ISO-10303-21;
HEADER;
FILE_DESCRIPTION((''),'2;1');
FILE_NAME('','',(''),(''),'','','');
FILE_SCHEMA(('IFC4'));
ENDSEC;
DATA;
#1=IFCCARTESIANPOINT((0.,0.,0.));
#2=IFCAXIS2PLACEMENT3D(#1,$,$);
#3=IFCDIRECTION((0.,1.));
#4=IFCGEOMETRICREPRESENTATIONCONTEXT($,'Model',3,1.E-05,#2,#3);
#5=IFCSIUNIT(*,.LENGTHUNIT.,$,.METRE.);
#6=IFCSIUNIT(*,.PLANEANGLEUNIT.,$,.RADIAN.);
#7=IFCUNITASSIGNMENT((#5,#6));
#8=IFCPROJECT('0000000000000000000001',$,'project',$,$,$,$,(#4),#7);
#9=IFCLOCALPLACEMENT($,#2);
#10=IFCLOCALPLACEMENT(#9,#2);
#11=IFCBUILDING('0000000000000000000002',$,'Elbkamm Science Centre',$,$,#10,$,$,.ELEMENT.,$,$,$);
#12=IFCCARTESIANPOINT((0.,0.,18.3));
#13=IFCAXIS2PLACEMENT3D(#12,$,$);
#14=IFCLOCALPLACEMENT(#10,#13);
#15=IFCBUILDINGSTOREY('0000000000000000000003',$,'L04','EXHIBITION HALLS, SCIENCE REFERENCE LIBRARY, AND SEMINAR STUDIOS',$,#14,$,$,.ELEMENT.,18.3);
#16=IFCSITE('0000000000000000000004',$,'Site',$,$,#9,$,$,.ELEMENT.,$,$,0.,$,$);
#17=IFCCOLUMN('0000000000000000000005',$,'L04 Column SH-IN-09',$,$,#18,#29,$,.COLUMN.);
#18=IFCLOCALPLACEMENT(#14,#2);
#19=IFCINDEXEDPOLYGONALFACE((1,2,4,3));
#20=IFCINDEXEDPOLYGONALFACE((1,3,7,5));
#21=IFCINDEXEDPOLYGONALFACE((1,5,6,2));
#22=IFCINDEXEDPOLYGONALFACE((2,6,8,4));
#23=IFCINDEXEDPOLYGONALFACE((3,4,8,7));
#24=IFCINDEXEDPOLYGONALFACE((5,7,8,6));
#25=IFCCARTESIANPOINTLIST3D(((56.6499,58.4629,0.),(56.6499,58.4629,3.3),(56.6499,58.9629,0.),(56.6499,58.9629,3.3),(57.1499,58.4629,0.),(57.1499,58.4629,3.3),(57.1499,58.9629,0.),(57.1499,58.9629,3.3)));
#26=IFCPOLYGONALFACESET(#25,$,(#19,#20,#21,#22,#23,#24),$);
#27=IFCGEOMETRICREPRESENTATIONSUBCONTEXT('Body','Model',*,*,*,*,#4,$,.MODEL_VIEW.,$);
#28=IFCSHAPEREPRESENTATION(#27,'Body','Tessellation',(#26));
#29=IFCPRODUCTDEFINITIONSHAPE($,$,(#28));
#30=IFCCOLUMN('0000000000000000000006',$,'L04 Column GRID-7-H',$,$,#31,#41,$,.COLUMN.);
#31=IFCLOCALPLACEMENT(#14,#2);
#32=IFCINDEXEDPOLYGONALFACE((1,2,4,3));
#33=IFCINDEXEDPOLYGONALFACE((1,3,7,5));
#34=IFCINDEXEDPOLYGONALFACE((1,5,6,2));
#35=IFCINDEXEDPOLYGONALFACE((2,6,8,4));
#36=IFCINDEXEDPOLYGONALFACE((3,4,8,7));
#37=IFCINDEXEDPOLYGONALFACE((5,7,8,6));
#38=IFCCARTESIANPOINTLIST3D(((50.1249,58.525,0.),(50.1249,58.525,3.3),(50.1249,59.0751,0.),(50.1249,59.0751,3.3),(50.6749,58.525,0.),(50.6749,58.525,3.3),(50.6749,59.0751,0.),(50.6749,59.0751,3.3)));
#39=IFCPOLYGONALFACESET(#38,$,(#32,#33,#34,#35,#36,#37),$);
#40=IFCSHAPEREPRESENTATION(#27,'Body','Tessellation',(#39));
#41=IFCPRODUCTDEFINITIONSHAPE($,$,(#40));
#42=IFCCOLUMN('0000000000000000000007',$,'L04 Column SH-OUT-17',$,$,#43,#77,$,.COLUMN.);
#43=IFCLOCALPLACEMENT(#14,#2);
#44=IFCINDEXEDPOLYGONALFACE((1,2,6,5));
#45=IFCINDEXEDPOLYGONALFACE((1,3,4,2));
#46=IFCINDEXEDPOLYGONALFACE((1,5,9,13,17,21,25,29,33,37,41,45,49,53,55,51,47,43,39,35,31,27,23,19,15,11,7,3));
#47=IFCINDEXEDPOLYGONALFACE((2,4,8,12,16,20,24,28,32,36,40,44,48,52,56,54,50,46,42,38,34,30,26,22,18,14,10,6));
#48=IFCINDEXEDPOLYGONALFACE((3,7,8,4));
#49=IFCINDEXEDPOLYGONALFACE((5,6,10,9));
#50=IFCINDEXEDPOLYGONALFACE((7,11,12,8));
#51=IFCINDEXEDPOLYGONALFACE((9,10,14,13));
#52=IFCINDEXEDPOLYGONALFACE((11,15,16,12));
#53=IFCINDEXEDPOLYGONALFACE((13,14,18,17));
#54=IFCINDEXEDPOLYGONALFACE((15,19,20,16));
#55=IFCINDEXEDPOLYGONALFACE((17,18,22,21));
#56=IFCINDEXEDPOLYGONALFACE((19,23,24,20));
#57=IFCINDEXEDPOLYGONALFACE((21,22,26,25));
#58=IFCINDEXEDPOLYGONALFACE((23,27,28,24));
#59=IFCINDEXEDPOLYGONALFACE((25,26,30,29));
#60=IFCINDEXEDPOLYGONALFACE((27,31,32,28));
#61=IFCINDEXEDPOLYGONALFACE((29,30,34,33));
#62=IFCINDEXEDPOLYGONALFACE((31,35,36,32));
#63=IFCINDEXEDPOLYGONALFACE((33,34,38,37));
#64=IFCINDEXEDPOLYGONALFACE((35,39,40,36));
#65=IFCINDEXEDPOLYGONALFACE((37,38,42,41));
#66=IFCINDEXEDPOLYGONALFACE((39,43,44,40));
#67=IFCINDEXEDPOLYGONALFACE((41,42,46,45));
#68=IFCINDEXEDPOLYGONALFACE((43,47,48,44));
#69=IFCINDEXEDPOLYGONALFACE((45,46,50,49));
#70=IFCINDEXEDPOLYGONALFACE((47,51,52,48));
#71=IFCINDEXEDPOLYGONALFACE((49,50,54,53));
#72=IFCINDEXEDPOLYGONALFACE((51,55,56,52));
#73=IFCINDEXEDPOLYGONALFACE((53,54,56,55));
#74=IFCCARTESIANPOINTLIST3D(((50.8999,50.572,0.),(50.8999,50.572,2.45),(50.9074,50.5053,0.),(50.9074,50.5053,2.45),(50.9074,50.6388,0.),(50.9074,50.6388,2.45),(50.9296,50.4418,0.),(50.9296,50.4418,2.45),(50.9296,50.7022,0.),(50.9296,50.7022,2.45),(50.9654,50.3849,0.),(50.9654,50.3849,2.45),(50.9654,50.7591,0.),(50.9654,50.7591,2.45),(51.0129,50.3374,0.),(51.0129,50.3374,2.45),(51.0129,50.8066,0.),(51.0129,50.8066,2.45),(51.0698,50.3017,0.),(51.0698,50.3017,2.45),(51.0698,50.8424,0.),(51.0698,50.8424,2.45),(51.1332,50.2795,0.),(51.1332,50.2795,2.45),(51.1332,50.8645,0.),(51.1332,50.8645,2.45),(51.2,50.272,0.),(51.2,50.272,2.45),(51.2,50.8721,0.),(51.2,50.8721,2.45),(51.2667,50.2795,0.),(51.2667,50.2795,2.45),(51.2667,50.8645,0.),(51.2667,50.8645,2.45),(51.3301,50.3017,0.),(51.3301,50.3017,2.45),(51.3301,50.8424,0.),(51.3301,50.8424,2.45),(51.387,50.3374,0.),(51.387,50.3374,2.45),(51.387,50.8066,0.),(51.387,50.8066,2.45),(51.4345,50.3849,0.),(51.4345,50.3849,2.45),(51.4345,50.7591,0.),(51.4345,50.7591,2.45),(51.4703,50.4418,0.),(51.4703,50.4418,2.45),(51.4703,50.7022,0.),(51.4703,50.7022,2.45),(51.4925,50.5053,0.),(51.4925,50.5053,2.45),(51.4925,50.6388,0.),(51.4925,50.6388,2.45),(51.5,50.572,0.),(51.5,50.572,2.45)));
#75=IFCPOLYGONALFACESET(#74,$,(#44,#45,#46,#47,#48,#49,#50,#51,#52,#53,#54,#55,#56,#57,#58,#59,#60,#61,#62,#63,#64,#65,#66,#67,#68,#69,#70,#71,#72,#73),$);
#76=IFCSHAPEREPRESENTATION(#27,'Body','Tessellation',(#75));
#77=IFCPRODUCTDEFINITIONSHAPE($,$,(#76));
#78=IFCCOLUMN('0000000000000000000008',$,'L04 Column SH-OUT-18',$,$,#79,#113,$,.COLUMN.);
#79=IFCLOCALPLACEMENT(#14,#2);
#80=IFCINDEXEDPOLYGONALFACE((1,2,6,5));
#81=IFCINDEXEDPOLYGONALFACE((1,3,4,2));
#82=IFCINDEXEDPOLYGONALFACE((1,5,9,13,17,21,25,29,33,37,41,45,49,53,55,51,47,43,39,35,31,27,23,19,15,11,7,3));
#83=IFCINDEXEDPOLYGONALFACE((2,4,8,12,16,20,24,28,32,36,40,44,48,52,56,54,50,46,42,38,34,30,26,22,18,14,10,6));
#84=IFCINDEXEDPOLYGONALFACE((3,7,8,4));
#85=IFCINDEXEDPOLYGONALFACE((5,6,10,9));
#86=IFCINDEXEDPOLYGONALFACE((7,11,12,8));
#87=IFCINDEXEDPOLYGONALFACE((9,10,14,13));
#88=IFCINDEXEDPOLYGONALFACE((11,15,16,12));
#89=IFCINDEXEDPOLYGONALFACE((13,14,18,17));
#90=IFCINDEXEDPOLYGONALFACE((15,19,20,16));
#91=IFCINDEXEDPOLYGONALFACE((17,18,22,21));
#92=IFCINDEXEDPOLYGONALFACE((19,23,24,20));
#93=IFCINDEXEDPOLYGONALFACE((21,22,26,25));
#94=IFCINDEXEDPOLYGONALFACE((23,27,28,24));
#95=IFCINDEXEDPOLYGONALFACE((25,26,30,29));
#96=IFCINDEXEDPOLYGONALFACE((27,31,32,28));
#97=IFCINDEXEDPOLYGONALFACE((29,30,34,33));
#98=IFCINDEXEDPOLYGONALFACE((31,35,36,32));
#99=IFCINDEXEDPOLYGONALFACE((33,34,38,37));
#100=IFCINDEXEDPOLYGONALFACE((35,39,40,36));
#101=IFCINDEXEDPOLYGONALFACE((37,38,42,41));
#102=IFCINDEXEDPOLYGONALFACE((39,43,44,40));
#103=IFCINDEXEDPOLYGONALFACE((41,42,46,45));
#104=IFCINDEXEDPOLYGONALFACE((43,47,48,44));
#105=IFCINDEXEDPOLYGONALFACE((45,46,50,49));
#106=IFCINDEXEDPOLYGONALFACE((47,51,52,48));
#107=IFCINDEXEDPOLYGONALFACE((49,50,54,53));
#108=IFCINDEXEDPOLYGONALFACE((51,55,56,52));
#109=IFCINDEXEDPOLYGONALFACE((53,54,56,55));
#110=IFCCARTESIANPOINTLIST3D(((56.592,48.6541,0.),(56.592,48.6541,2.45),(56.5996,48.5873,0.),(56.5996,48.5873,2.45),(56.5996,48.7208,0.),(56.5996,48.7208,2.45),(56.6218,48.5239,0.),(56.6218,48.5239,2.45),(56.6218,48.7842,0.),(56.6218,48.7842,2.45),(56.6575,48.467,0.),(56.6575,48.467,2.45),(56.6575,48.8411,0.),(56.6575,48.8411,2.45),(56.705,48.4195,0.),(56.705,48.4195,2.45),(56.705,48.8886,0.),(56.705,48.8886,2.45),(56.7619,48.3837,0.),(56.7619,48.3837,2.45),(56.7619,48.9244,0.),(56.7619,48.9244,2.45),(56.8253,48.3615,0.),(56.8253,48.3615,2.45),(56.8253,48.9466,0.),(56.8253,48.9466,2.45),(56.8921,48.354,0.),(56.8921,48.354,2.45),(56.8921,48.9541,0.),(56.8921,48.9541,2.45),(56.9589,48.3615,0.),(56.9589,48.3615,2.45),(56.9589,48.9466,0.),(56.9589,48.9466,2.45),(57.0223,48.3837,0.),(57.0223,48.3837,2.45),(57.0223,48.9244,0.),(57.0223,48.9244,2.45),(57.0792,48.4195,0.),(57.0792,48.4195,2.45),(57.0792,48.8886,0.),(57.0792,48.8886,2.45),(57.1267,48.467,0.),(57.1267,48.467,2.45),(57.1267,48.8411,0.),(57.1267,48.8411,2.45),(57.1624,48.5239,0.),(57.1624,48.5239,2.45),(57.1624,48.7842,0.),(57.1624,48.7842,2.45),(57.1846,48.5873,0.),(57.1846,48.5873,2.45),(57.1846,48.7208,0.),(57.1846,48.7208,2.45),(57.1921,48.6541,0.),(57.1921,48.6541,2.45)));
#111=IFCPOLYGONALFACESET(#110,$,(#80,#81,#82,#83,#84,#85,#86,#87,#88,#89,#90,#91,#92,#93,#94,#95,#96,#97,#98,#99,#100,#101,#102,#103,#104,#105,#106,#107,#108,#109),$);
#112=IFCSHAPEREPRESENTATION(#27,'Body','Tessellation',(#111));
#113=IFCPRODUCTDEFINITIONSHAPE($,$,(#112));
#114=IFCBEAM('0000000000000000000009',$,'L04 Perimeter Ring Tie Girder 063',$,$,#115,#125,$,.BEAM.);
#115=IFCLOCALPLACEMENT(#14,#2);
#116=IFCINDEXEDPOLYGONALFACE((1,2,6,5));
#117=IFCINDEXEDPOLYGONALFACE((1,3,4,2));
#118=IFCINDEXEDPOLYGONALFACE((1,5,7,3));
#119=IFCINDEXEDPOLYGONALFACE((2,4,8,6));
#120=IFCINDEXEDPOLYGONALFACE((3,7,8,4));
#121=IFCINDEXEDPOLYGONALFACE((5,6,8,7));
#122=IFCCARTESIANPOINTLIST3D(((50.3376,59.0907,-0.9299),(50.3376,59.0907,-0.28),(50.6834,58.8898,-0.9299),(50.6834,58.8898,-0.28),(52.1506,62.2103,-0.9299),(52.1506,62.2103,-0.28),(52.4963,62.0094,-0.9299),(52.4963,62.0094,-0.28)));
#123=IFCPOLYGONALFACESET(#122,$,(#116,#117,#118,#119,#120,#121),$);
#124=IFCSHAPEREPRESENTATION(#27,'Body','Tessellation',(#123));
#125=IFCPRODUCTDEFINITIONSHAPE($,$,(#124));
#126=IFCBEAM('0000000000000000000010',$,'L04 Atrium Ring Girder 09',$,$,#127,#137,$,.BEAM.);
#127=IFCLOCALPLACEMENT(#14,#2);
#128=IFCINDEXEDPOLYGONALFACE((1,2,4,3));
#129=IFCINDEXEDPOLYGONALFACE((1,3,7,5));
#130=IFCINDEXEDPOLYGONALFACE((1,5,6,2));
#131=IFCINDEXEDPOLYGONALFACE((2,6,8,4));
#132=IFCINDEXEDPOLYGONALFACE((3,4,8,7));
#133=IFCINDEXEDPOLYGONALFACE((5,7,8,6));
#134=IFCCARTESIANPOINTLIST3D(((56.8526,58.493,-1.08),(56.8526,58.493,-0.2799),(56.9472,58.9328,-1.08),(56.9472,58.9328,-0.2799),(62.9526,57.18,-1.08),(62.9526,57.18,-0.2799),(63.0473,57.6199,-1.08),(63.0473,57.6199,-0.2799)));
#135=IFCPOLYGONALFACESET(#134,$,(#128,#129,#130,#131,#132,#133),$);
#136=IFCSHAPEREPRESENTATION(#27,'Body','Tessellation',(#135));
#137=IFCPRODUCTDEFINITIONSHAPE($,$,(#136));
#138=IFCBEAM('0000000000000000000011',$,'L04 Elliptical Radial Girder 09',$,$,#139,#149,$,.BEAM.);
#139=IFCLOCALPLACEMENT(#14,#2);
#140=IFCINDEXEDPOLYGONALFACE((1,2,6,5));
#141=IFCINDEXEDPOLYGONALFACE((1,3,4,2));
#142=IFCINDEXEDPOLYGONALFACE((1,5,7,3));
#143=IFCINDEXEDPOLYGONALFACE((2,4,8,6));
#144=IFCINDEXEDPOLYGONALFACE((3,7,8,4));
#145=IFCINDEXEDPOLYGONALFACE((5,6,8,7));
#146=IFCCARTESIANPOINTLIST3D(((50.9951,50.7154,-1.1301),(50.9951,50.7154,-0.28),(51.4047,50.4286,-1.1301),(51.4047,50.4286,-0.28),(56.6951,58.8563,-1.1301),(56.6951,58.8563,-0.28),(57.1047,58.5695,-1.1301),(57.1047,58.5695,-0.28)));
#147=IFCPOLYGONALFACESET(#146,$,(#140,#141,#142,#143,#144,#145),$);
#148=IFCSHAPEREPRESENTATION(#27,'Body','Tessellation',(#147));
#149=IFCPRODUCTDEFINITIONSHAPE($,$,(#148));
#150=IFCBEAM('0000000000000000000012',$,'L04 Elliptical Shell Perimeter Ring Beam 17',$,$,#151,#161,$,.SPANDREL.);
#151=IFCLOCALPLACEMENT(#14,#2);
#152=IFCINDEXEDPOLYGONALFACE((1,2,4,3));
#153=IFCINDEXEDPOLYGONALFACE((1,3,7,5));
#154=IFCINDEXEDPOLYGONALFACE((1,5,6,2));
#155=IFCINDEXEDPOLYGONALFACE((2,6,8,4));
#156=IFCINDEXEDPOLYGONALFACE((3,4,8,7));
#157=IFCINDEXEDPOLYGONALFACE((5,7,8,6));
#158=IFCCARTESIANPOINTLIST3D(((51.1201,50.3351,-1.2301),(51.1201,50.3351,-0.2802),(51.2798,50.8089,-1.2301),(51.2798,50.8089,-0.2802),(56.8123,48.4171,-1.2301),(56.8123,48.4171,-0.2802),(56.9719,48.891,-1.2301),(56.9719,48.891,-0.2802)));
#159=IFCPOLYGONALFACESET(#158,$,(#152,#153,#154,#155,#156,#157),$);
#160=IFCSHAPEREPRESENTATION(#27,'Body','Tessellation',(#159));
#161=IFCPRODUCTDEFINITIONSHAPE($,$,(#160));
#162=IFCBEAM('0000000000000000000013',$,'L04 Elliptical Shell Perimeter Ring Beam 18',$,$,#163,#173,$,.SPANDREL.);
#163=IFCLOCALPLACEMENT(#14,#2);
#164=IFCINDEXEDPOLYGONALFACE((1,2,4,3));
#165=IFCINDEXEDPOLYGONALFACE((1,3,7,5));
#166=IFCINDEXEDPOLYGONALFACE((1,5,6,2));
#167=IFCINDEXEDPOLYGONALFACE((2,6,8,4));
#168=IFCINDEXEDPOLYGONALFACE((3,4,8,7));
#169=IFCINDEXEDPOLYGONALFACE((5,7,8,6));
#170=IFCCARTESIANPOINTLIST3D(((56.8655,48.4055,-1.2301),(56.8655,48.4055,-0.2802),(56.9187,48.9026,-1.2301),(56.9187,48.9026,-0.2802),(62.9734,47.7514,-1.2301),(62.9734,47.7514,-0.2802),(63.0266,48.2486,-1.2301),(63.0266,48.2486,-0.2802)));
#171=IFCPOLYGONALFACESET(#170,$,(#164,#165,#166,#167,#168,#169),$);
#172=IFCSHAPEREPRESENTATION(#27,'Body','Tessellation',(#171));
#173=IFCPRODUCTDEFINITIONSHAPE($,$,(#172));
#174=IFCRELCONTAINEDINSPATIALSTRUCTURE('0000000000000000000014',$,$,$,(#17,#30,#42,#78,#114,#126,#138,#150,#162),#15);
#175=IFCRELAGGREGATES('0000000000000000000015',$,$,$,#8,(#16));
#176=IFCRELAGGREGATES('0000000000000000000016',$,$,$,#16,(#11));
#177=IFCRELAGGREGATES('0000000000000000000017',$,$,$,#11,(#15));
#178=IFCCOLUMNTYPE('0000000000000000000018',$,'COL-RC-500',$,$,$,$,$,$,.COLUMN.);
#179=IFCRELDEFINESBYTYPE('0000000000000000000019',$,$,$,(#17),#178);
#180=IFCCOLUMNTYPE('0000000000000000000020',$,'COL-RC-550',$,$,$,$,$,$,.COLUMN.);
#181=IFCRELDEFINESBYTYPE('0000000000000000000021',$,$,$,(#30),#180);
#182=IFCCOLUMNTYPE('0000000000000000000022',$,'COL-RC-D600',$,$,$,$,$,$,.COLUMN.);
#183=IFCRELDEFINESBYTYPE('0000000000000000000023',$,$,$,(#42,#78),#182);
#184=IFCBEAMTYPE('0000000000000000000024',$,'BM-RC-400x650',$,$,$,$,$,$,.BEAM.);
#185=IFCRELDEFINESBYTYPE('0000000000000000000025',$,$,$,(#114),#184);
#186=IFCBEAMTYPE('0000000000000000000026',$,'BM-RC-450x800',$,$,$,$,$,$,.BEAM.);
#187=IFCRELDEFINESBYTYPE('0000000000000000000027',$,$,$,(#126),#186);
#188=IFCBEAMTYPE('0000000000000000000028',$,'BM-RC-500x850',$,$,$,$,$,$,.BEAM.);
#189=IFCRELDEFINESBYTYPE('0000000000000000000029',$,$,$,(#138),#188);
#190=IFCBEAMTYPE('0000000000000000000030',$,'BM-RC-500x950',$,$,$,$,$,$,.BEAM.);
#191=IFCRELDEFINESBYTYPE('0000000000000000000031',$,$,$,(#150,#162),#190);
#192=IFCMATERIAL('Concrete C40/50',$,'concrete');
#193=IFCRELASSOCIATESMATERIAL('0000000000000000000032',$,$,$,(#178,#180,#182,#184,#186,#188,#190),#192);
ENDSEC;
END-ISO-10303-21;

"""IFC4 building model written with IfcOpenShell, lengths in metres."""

from ifc_helpers import new_model, si_unit, direction, frame, origin, origin_2d, place, context, subcontext, project, spatial, rectangle, circle, extrude, material, material_profile, profile_set, type_object, element, save


model = new_model("IFC4")

# Units and contexts
model_context = context("Model", 3, precision=1e-05, world=origin(), true_north=direction((0.0, 1.0)))
body_context = subcontext(model_context, "Body", "Model", "MODEL_VIEW")
ifc_project = project(units=[si_unit("LENGTHUNIT", "METRE"), si_unit("PLANEANGLEUNIT", "RADIAN")], contexts=[model_context])

# Site, building, storey
site_placement = place(None, origin())
site = spatial("IfcSite", under=ifc_project, at=site_placement, Name="Site", CompositionType="ELEMENT", RefElevation=0.0)
building_placement = place(site_placement, origin())
building = spatial("IfcBuilding", under=site, at=building_placement, Name="Elbkamm Science Centre", CompositionType="ELEMENT")
storey_placement = place(building_placement, frame((0.0, 0.0, 18.3)))
storey = spatial("IfcBuildingStorey", under=building, at=storey_placement, Name="L04", Description="EXHIBITION HALLS, SCIENCE REFERENCE LIBRARY, AND SEMINAR STUDIOS", CompositionType="ELEMENT", Elevation=18.3)

# Columns
ifc_material_1 = material(Name="Concrete C40/50", Category="concrete")
ifc_material_profile_1 = material_profile(ifc_material_1, rectangle(XDim=0.5, YDim=0.5, at=origin_2d()), Name="RC 500x500")
ifc_profile_set_1 = profile_set([ifc_material_profile_1], Name="Concrete C40/50")
column_type_1 = type_object("IfcColumnType", Name="COL-RC-500", PredefinedType="COLUMN", material=ifc_profile_set_1)
column_1_placement = place(storey_placement, frame((56.8999, 58.7129, 0.0), z_axis=(0.0, 0.0, 1.0), x_axis=(1.0, 0.0, 0.0)))
element("IfcColumn", 1, at=column_1_placement, inside=storey, type_object=column_type_1, Name="L04 Column SH-IN-09", PredefinedType="COLUMN", context=body_context, shape_type="SweptSolid", body=[
    extrude(rectangle(XDim=0.5, YDim=0.5, at=origin_2d()), origin(), (0.0, 0.0, 1.0), 3.3),
])
ifc_material_profile_2 = material_profile(ifc_material_1, rectangle(XDim=0.55, YDim=0.55, at=origin_2d()), Name="RC 550x550")
ifc_profile_set_2 = profile_set([ifc_material_profile_2], Name="Concrete C40/50")
column_type_2 = type_object("IfcColumnType", Name="COL-RC-550", PredefinedType="COLUMN", material=ifc_profile_set_2)
column_2_placement = place(storey_placement, frame((50.3999, 58.8, 0.0), z_axis=(0.0, 0.0, 1.0), x_axis=(1.0, 0.0, 0.0)))
element("IfcColumn", 2, at=column_2_placement, inside=storey, type_object=column_type_2, Name="L04 Column GRID-7-H", PredefinedType="COLUMN", context=body_context, shape_type="SweptSolid", body=[
    extrude(rectangle(XDim=0.55, YDim=0.55, at=origin_2d()), origin(), (0.0, 0.0, 1.0), 3.3),
])
ifc_material_profile_3 = material_profile(ifc_material_1, circle(Radius=0.3, at=origin_2d()), Name="RC D600")
ifc_profile_set_3 = profile_set([ifc_material_profile_3], Name="Concrete C40/50")
column_type_3 = type_object("IfcColumnType", Name="COL-RC-D600", PredefinedType="COLUMN", material=ifc_profile_set_3)
for number, where, z_axis, x_axis, name in (
    (3, (51.2, 50.572, 0.0), (0.0, 0.0, 1.0), (1.0, 0.0, 0.0), "L04 Column SH-OUT-17"),
    (4, (56.8921, 48.6541, 0.0), (0.0, 0.0, 1.0), (1.0, 0.0, 0.0), "L04 Column SH-OUT-18"),
):
    element("IfcColumn", number, at=place(storey_placement, frame(where, z_axis=z_axis, x_axis=x_axis)), inside=storey, type_object=column_type_3, Name=name, PredefinedType="COLUMN", context=body_context, shape_type="SweptSolid", body=[
        extrude(circle(Radius=0.3, at=origin_2d()), origin(), (0.0, 0.0, 1.0), 2.45),
    ])

# Beams
ifc_material_profile_4 = material_profile(ifc_material_1, rectangle(XDim=0.3999, YDim=0.6499, at=origin_2d()), Name="RC 400x650")
ifc_profile_set_4 = profile_set([ifc_material_profile_4], Name="Concrete C40/50")
beam_type_1 = type_object("IfcBeamType", Name="BM-RC-400x650", PredefinedType="BEAM", material=ifc_profile_set_4)
beam_1_placement = place(storey_placement, frame((50.5105, 58.9902, -0.605), z_axis=(0.502465, 0.864597, 0.0), x_axis=(-0.864597, 0.502465, 0.0)))
element("IfcBeam", 5, at=beam_1_placement, inside=storey, type_object=beam_type_1, Name="L04 Perimeter Ring Tie Girder 063", PredefinedType="BEAM", context=body_context, shape_type="SweptSolid", body=[
    extrude(rectangle(XDim=0.3999, YDim=0.6499, at=origin_2d()), origin(), (0.0, 0.0, 1.0), 3.6082),
])
ifc_material_profile_5 = material_profile(ifc_material_1, rectangle(XDim=0.45, YDim=0.8, at=origin_2d()), Name="RC 450x800")
ifc_profile_set_5 = profile_set([ifc_material_profile_5], Name="Concrete C40/50")
beam_type_2 = type_object("IfcBeamType", Name="BM-RC-450x800", PredefinedType="BEAM", material=ifc_profile_set_5)
beam_2_placement = place(storey_placement, frame((56.8999, 58.7129, -0.6799), z_axis=(0.977611, -0.210421, 0.0), x_axis=(0.210421, 0.977611, 0.0)))
element("IfcBeam", 6, at=beam_2_placement, inside=storey, type_object=beam_type_2, Name="L04 Atrium Ring Girder 09", PredefinedType="BEAM", context=body_context, shape_type="SweptSolid", body=[
    extrude(rectangle(XDim=0.45, YDim=0.8, at=origin_2d()), origin(), (0.0, 0.0, 1.0), 6.2397),
])
ifc_material_profile_6 = material_profile(ifc_material_1, rectangle(XDim=0.5, YDim=0.8501, at=origin_2d()), Name="RC 500x850")
ifc_profile_set_6 = profile_set([ifc_material_profile_6], Name="Concrete C40/50")
beam_type_3 = type_object("IfcBeamType", Name="BM-RC-500x850", PredefinedType="BEAM", material=ifc_profile_set_6)
beam_3_placement = place(storey_placement, frame((56.8999, 58.7129, -0.7051), z_axis=(-0.573553, -0.819168, 0.0), x_axis=(0.819168, -0.573553, 0.0)))
element("IfcBeam", 7, at=beam_3_placement, inside=storey, type_object=beam_type_3, Name="L04 Elliptical Radial Girder 09", PredefinedType="BEAM", context=body_context, shape_type="SweptSolid", body=[
    extrude(rectangle(XDim=0.5, YDim=0.8501, at=origin_2d()), origin(), (0.0, 0.0, 1.0), 9.938),
])
ifc_material_profile_7 = material_profile(ifc_material_1, rectangle(XDim=0.5, YDim=0.95, at=origin_2d()), Name="RC 500x950")
ifc_profile_set_7 = profile_set([ifc_material_profile_7], Name="Concrete C40/50")
beam_type_4 = type_object("IfcBeamType", Name="BM-RC-500x950", PredefinedType="BEAM", material=ifc_profile_set_7)
beam_4_placement = place(storey_placement, frame((51.2, 50.572, -0.7551), z_axis=(0.94765, -0.319311, 0.0), x_axis=(0.319311, 0.94765, 0.0)))
element("IfcBeam", 8, at=beam_4_placement, inside=storey, type_object=beam_type_4, Name="L04 Elliptical Shell Perimeter Ring Beam 17", PredefinedType="SPANDREL", context=body_context, shape_type="SweptSolid", body=[
    extrude(rectangle(XDim=0.5, YDim=0.95, at=origin_2d()), origin(), (0.0, 0.0, 1.0), 6.0066),
])
beam_5_placement = place(storey_placement, frame((56.8921, 48.6541, -0.7551), z_axis=(0.994315, -0.106474, 0.0), x_axis=(0.106474, 0.994315, 0.0)))
element("IfcBeam", 9, at=beam_5_placement, inside=storey, type_object=beam_type_4, Name="L04 Elliptical Shell Perimeter Ring Beam 18", PredefinedType="SPANDREL", context=body_context, shape_type="SweptSolid", body=[
    extrude(rectangle(XDim=0.5, YDim=0.95, at=origin_2d()), origin(), (0.0, 0.0, 1.0), 6.1428),
])

save(model, "model.ifc")
